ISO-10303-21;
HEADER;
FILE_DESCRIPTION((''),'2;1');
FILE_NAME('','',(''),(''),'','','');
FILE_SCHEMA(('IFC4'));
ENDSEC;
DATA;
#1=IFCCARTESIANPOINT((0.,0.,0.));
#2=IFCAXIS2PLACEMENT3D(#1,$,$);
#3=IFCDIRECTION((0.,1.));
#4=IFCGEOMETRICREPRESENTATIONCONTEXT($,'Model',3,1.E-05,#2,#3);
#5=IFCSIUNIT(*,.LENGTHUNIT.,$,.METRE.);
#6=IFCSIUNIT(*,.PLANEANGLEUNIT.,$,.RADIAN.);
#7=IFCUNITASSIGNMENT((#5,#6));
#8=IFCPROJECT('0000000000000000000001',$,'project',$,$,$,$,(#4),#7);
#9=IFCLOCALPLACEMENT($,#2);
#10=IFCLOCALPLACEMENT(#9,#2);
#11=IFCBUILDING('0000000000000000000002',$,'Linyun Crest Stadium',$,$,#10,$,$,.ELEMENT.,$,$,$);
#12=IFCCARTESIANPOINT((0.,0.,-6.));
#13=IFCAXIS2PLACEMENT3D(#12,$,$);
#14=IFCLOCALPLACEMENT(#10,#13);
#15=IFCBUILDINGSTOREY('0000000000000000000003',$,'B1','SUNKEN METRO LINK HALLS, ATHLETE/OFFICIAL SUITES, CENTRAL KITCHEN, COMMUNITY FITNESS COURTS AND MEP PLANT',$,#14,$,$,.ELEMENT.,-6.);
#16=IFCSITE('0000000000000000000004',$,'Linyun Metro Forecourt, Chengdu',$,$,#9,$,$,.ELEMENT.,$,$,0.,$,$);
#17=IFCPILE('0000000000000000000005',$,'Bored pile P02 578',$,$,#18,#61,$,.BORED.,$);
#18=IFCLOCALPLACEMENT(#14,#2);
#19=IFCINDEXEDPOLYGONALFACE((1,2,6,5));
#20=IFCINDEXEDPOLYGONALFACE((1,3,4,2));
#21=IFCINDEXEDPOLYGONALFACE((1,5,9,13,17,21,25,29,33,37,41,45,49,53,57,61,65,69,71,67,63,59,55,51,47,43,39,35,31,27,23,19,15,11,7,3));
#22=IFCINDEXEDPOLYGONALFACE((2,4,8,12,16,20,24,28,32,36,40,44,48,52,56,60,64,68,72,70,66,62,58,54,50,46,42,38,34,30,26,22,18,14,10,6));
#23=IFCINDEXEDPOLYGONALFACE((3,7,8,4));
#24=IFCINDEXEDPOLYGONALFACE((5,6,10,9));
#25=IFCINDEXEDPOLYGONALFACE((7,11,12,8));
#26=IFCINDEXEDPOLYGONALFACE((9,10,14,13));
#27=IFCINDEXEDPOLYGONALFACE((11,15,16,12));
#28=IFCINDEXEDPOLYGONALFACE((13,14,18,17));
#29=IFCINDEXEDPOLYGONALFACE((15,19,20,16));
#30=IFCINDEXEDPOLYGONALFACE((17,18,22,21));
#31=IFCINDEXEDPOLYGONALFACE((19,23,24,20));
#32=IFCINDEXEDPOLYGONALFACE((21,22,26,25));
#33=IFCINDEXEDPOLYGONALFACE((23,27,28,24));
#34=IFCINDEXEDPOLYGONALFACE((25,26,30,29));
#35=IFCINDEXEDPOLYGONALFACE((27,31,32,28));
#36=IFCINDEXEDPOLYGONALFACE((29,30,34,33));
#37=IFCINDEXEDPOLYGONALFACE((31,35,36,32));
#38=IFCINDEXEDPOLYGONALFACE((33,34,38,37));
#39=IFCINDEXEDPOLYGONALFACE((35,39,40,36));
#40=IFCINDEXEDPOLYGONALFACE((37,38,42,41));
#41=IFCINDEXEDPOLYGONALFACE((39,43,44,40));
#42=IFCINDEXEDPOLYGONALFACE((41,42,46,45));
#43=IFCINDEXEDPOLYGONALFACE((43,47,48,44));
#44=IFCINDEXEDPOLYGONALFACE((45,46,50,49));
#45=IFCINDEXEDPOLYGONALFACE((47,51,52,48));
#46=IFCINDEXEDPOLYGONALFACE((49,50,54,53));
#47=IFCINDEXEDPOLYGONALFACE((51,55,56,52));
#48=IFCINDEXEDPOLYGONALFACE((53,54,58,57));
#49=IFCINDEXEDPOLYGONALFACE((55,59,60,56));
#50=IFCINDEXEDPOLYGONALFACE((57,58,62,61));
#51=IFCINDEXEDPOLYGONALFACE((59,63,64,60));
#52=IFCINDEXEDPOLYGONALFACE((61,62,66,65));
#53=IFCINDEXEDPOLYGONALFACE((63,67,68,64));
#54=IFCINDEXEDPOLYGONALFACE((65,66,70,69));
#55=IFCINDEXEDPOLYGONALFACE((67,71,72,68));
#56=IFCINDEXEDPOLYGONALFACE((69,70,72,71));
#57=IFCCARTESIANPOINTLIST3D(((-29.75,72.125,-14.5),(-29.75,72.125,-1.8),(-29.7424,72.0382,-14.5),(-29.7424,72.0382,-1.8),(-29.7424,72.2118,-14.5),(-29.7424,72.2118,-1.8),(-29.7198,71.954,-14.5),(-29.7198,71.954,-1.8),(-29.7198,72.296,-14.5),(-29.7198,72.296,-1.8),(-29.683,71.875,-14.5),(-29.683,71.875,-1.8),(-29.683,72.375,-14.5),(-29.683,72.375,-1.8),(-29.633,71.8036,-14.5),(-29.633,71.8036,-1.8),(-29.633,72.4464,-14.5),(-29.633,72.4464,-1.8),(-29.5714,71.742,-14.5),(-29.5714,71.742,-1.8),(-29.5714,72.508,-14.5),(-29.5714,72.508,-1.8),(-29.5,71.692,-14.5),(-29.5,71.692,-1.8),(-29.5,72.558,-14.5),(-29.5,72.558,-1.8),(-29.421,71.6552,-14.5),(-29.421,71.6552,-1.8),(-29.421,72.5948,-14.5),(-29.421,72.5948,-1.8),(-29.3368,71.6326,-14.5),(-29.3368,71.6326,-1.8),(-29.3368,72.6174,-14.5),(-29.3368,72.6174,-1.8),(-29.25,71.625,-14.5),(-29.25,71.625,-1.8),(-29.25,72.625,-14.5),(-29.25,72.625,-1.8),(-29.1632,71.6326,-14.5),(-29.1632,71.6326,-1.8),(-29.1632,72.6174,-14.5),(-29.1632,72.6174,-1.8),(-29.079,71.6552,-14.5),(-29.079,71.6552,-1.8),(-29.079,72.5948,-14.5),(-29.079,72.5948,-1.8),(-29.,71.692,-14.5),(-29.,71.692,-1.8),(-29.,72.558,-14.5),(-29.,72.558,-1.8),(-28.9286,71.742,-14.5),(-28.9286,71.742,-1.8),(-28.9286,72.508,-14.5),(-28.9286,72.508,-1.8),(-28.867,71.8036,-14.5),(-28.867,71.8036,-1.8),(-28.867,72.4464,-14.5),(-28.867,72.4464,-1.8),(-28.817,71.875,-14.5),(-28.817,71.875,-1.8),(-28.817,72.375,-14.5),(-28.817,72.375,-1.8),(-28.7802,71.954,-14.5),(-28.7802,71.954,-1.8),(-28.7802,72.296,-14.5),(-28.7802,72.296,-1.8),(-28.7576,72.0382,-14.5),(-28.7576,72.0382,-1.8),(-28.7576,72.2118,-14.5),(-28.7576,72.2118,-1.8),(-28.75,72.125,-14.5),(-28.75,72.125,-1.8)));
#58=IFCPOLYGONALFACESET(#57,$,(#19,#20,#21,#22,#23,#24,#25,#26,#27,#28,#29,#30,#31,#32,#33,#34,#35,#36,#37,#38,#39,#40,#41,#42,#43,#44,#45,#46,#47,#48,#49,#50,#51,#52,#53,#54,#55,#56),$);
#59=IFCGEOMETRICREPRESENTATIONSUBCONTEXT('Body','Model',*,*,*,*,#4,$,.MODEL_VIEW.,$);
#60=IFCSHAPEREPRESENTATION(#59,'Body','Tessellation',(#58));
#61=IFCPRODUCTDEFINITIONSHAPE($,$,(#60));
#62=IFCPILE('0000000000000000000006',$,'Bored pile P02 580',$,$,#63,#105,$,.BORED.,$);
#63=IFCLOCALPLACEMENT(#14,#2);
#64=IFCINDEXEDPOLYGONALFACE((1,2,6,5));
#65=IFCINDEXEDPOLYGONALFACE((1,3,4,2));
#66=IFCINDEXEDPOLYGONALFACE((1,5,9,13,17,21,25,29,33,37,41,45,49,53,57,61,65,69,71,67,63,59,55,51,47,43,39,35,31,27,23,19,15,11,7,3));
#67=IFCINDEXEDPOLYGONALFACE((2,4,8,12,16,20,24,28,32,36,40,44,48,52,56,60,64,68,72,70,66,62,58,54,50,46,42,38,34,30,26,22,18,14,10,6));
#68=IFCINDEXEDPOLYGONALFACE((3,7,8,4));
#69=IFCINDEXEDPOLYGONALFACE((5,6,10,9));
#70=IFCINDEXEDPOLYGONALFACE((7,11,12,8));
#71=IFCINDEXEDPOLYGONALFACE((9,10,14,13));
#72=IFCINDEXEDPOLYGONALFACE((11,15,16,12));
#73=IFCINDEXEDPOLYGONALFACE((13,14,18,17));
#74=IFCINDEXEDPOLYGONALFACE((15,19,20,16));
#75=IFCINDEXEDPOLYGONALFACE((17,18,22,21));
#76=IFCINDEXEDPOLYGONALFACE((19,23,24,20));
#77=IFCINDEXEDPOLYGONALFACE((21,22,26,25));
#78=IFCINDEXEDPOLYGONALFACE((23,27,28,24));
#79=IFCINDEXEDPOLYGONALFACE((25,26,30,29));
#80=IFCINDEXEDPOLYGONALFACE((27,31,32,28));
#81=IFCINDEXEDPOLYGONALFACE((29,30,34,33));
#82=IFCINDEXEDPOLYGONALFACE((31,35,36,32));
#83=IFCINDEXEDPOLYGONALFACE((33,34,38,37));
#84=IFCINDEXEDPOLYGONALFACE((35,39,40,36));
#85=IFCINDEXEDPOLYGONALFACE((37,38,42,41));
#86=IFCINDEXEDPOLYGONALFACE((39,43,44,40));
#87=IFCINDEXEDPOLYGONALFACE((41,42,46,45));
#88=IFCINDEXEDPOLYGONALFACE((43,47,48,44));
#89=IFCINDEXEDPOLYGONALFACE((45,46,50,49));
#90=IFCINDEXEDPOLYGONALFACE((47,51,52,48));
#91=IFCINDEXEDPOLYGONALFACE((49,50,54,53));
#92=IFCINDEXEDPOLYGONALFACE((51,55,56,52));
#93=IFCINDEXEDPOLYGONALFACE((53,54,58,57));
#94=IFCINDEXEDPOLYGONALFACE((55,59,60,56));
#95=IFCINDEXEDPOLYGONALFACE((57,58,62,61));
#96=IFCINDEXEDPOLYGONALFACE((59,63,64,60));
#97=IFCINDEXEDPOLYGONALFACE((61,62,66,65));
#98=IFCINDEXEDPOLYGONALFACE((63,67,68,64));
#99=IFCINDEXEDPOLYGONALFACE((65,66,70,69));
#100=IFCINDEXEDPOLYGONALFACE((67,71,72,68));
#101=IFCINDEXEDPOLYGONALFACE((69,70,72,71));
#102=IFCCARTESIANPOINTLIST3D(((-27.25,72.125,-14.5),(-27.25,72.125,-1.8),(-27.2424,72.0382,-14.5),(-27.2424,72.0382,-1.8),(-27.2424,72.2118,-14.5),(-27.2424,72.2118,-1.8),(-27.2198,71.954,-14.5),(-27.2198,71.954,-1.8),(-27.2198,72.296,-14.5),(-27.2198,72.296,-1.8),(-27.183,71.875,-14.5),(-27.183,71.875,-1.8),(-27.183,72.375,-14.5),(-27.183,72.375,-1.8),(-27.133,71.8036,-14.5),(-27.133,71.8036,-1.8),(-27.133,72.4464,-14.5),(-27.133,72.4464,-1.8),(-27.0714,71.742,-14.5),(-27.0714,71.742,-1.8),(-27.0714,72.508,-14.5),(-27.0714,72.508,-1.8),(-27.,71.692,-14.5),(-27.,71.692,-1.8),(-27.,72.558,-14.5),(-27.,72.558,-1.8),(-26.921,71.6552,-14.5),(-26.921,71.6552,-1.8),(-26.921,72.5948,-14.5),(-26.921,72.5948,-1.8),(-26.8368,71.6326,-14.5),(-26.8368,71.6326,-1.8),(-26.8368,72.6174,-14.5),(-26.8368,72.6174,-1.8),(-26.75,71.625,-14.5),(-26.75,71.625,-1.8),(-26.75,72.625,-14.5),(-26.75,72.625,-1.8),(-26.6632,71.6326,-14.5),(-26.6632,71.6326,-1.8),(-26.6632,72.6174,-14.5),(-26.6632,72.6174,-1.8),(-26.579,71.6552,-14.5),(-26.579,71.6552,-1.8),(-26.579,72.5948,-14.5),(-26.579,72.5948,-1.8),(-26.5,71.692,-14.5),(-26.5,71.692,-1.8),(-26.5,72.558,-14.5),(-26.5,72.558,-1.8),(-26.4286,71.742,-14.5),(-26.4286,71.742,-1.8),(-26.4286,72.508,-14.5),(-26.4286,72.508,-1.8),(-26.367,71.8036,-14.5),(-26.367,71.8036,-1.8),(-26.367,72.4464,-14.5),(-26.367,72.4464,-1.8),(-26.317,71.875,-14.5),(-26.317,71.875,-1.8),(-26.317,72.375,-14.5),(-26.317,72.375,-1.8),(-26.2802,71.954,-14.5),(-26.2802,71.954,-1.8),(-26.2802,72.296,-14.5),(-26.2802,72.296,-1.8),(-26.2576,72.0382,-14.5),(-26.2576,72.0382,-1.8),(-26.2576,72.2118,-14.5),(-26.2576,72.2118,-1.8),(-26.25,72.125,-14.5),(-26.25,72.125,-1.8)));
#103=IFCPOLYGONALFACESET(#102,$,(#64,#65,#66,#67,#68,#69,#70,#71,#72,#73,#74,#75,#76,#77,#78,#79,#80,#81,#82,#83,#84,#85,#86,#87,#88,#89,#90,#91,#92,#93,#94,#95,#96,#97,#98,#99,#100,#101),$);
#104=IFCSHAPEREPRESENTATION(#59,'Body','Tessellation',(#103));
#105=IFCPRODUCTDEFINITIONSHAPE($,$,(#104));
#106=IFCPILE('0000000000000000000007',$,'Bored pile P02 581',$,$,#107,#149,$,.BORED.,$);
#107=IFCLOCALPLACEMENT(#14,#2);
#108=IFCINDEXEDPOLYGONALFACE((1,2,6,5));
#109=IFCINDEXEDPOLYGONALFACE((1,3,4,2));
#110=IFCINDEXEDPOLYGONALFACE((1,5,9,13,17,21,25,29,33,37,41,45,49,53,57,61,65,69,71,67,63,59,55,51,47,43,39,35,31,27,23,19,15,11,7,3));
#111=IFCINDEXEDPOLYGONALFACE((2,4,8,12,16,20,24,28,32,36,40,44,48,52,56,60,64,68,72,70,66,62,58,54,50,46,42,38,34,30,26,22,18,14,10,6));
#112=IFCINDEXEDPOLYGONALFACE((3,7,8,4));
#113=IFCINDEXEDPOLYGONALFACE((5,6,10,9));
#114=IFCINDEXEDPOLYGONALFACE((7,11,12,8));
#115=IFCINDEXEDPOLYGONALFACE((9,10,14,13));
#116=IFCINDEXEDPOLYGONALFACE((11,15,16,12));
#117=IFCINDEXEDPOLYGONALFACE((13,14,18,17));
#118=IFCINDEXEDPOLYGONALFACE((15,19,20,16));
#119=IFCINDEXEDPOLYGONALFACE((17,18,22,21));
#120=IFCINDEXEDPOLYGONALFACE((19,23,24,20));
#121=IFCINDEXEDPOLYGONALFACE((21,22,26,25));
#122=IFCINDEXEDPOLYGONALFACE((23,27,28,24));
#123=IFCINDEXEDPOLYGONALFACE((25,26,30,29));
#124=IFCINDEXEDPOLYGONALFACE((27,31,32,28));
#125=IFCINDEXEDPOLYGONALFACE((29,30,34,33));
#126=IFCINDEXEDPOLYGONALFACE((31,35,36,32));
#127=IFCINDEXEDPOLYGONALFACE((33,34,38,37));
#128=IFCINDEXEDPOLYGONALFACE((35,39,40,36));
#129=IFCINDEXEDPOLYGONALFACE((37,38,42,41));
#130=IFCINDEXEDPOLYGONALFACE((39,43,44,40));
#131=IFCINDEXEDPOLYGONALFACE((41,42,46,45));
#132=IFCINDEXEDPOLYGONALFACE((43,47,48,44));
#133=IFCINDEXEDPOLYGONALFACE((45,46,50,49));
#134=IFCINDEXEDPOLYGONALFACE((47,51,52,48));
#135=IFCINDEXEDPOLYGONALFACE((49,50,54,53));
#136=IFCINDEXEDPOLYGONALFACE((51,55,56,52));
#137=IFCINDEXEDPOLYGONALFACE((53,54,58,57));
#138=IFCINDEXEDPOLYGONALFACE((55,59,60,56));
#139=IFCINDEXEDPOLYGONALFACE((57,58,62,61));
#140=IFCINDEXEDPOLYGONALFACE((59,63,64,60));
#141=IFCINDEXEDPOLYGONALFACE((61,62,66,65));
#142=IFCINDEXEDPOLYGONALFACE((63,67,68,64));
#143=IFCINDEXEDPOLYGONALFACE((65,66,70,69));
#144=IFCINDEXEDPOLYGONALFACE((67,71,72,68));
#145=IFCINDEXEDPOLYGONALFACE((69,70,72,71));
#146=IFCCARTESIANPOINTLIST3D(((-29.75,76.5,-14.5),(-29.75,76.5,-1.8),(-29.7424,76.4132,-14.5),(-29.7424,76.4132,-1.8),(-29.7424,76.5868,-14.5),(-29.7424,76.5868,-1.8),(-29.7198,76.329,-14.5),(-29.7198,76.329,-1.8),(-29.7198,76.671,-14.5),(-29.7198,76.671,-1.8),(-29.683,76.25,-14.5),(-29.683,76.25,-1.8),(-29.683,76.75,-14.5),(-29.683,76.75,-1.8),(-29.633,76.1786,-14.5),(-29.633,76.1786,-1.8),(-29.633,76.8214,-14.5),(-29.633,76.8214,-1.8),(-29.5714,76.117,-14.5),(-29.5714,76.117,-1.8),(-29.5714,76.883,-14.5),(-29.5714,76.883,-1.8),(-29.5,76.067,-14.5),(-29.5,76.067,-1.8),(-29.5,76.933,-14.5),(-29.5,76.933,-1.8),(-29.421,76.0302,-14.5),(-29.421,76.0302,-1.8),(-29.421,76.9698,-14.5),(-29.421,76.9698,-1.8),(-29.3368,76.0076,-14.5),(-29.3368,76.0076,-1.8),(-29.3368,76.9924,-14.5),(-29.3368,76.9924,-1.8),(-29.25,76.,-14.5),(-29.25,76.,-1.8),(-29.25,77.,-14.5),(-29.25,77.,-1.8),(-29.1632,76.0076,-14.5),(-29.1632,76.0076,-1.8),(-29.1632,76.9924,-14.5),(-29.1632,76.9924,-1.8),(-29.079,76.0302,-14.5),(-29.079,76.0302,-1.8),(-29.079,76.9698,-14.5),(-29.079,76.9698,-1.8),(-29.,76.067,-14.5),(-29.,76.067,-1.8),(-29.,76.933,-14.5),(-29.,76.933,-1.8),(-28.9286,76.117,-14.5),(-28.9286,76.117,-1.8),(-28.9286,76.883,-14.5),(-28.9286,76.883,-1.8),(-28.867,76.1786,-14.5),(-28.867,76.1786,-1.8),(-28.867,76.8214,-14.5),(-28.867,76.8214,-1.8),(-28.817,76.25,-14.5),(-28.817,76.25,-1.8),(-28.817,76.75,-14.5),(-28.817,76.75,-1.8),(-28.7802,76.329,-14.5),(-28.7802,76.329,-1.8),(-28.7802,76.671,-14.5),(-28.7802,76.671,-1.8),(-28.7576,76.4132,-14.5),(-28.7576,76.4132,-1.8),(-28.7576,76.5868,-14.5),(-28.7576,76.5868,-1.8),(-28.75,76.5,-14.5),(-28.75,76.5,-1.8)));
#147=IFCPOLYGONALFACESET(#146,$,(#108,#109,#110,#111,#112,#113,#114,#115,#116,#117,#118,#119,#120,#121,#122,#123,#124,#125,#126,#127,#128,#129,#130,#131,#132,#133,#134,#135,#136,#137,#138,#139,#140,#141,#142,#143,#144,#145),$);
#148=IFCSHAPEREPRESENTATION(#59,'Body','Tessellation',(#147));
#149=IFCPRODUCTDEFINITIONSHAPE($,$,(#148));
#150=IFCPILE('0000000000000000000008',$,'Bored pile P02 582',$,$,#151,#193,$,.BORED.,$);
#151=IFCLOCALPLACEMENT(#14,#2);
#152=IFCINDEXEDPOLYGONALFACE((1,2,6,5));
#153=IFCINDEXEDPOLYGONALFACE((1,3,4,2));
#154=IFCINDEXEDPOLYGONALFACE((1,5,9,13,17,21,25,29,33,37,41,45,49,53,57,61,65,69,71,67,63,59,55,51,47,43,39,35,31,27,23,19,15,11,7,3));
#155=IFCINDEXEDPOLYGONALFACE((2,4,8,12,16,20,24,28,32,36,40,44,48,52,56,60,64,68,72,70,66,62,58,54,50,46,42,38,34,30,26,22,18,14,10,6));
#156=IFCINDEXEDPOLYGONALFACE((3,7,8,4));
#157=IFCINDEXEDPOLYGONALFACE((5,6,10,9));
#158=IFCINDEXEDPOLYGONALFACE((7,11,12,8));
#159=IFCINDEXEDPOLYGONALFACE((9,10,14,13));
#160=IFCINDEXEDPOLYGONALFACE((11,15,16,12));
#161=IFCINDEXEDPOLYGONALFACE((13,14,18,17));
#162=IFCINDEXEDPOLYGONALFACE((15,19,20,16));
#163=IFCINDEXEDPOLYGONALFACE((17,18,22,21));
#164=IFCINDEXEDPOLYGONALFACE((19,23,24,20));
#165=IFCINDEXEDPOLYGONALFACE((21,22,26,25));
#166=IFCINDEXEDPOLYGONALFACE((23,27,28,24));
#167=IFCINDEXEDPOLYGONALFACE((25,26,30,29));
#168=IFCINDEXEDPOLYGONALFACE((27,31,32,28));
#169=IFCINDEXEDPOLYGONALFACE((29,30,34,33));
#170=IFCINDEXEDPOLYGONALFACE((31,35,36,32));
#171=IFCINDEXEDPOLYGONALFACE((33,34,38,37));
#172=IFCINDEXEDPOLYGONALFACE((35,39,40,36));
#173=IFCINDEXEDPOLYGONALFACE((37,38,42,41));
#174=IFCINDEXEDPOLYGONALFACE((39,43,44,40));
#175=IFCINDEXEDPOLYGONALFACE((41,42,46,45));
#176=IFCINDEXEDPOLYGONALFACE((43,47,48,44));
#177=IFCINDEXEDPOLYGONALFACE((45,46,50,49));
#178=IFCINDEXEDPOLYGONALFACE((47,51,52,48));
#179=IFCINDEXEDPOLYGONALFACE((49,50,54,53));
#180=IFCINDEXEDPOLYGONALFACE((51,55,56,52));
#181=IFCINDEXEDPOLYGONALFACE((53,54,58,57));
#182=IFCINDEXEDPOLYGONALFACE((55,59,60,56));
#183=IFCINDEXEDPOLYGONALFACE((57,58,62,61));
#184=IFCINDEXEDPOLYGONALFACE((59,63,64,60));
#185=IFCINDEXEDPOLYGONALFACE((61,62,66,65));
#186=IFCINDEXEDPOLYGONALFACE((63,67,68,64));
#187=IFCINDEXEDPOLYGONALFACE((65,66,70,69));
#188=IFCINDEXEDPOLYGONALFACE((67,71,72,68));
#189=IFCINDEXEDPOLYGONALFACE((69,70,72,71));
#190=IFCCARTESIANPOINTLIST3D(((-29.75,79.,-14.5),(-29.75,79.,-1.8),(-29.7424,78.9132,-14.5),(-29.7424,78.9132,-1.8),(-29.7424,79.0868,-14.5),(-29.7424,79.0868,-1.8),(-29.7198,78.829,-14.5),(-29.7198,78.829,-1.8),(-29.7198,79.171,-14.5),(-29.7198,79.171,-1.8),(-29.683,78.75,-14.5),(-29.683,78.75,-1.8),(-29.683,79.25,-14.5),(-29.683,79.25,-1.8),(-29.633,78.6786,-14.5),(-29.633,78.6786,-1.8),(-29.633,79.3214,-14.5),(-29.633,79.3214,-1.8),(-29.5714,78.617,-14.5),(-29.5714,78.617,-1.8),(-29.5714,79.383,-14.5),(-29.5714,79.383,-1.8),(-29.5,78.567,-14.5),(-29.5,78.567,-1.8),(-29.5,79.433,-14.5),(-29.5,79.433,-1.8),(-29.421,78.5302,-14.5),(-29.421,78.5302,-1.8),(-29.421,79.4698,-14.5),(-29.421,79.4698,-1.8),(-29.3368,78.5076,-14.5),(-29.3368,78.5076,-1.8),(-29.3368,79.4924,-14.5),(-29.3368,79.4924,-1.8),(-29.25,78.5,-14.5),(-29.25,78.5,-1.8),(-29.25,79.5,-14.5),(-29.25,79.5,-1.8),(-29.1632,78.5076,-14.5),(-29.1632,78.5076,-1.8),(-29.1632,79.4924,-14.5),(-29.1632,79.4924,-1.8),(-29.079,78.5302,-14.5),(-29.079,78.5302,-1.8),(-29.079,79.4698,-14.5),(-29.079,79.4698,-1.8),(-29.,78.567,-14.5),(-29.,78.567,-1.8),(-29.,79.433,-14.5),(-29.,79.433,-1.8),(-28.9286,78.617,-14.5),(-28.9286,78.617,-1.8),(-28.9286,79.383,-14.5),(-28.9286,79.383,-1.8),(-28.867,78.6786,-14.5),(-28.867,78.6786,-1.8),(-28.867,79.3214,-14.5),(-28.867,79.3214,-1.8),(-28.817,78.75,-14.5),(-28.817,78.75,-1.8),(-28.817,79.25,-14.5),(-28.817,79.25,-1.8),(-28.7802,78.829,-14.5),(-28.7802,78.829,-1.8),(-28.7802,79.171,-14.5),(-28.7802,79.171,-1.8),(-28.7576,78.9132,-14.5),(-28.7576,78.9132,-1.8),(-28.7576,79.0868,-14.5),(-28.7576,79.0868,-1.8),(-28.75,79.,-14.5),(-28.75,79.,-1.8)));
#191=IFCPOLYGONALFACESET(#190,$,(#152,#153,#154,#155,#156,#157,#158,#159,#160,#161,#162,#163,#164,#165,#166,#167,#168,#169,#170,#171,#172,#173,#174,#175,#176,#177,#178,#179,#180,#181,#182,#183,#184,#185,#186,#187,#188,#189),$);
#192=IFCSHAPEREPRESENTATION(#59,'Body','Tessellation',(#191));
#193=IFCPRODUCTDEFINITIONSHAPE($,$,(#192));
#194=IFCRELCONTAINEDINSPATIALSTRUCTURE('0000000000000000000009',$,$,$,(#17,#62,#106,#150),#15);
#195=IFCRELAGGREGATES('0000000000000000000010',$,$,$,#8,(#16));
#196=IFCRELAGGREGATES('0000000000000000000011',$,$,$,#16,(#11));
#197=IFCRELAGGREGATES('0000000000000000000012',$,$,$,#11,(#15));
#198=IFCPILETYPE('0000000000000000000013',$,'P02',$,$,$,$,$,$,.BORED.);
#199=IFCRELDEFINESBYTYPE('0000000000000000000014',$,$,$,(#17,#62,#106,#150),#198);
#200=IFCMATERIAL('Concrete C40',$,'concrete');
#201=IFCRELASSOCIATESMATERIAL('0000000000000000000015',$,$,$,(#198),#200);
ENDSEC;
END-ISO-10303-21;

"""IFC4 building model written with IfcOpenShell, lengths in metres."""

from ifc_helpers import new_model, si_unit, direction, frame, origin, origin_2d, place, context, subcontext, project, spatial, circle, extrude, material, material_profile, profile_set, type_object, element, save


model = new_model("IFC4")

# Units and contexts
model_context = context("Model", 3, precision=1e-05, world=origin(), true_north=direction((0.0, 1.0)))
body_context = subcontext(model_context, "Body", "Model", "MODEL_VIEW")
ifc_project = project(units=[si_unit("LENGTHUNIT", "METRE"), si_unit("PLANEANGLEUNIT", "RADIAN")], contexts=[model_context])

# Site, building, storey
site_placement = place(None, origin())
site = spatial("IfcSite", under=ifc_project, at=site_placement, Name="Linyun Metro Forecourt, Chengdu", CompositionType="ELEMENT", RefElevation=0.0)
building_placement = place(site_placement, origin())
building = spatial("IfcBuilding", under=site, at=building_placement, Name="Linyun Crest Stadium", CompositionType="ELEMENT")
storey_placement = place(building_placement, frame((0.0, 0.0, -6.0)))
storey = spatial("IfcBuildingStorey", under=building, at=storey_placement, Name="B1", Description="SUNKEN METRO LINK HALLS, ATHLETE/OFFICIAL SUITES, CENTRAL KITCHEN, COMMUNITY FITNESS COURTS AND MEP PLANT", CompositionType="ELEMENT", Elevation=-6.0)

# Piles
ifc_material_1 = material(Name="Concrete C40", Category="concrete")
ifc_material_profile_1 = material_profile(ifc_material_1, circle(Radius=0.5, at=origin_2d()), Name="BORED PILE 1000")
ifc_profile_set_1 = profile_set([ifc_material_profile_1], Name="Concrete C40")
pile_type = type_object("IfcPileType", Name="P02", PredefinedType="BORED", material=ifc_profile_set_1)
for number, where, z_axis, x_axis, name in (
    (1, (-29.25, 72.125, -1.8), (0.0, 0.0, -1.0), (1.0, 0.0, 0.0), "Bored pile P02 578"),
    (2, (-26.75, 72.125, -1.8), (0.0, 0.0, -1.0), (1.0, 0.0, 0.0), "Bored pile P02 580"),
    (3, (-29.25, 76.5, -1.8), (0.0, 0.0, -1.0), (1.0, 0.0, 0.0), "Bored pile P02 581"),
    (4, (-29.25, 79.0, -1.8), (0.0, 0.0, -1.0), (1.0, 0.0, 0.0), "Bored pile P02 582"),
):
    element("IfcPile", number, at=place(storey_placement, frame(where, z_axis=z_axis, x_axis=x_axis)), inside=storey, type_object=pile_type, Name=name, PredefinedType="BORED", context=body_context, shape_type="SweptSolid", body=[
        extrude(circle(Radius=0.5, at=origin_2d()), origin(), (0.0, 0.0, 1.0), 12.7),
    ])

save(model, "model.ifc")
